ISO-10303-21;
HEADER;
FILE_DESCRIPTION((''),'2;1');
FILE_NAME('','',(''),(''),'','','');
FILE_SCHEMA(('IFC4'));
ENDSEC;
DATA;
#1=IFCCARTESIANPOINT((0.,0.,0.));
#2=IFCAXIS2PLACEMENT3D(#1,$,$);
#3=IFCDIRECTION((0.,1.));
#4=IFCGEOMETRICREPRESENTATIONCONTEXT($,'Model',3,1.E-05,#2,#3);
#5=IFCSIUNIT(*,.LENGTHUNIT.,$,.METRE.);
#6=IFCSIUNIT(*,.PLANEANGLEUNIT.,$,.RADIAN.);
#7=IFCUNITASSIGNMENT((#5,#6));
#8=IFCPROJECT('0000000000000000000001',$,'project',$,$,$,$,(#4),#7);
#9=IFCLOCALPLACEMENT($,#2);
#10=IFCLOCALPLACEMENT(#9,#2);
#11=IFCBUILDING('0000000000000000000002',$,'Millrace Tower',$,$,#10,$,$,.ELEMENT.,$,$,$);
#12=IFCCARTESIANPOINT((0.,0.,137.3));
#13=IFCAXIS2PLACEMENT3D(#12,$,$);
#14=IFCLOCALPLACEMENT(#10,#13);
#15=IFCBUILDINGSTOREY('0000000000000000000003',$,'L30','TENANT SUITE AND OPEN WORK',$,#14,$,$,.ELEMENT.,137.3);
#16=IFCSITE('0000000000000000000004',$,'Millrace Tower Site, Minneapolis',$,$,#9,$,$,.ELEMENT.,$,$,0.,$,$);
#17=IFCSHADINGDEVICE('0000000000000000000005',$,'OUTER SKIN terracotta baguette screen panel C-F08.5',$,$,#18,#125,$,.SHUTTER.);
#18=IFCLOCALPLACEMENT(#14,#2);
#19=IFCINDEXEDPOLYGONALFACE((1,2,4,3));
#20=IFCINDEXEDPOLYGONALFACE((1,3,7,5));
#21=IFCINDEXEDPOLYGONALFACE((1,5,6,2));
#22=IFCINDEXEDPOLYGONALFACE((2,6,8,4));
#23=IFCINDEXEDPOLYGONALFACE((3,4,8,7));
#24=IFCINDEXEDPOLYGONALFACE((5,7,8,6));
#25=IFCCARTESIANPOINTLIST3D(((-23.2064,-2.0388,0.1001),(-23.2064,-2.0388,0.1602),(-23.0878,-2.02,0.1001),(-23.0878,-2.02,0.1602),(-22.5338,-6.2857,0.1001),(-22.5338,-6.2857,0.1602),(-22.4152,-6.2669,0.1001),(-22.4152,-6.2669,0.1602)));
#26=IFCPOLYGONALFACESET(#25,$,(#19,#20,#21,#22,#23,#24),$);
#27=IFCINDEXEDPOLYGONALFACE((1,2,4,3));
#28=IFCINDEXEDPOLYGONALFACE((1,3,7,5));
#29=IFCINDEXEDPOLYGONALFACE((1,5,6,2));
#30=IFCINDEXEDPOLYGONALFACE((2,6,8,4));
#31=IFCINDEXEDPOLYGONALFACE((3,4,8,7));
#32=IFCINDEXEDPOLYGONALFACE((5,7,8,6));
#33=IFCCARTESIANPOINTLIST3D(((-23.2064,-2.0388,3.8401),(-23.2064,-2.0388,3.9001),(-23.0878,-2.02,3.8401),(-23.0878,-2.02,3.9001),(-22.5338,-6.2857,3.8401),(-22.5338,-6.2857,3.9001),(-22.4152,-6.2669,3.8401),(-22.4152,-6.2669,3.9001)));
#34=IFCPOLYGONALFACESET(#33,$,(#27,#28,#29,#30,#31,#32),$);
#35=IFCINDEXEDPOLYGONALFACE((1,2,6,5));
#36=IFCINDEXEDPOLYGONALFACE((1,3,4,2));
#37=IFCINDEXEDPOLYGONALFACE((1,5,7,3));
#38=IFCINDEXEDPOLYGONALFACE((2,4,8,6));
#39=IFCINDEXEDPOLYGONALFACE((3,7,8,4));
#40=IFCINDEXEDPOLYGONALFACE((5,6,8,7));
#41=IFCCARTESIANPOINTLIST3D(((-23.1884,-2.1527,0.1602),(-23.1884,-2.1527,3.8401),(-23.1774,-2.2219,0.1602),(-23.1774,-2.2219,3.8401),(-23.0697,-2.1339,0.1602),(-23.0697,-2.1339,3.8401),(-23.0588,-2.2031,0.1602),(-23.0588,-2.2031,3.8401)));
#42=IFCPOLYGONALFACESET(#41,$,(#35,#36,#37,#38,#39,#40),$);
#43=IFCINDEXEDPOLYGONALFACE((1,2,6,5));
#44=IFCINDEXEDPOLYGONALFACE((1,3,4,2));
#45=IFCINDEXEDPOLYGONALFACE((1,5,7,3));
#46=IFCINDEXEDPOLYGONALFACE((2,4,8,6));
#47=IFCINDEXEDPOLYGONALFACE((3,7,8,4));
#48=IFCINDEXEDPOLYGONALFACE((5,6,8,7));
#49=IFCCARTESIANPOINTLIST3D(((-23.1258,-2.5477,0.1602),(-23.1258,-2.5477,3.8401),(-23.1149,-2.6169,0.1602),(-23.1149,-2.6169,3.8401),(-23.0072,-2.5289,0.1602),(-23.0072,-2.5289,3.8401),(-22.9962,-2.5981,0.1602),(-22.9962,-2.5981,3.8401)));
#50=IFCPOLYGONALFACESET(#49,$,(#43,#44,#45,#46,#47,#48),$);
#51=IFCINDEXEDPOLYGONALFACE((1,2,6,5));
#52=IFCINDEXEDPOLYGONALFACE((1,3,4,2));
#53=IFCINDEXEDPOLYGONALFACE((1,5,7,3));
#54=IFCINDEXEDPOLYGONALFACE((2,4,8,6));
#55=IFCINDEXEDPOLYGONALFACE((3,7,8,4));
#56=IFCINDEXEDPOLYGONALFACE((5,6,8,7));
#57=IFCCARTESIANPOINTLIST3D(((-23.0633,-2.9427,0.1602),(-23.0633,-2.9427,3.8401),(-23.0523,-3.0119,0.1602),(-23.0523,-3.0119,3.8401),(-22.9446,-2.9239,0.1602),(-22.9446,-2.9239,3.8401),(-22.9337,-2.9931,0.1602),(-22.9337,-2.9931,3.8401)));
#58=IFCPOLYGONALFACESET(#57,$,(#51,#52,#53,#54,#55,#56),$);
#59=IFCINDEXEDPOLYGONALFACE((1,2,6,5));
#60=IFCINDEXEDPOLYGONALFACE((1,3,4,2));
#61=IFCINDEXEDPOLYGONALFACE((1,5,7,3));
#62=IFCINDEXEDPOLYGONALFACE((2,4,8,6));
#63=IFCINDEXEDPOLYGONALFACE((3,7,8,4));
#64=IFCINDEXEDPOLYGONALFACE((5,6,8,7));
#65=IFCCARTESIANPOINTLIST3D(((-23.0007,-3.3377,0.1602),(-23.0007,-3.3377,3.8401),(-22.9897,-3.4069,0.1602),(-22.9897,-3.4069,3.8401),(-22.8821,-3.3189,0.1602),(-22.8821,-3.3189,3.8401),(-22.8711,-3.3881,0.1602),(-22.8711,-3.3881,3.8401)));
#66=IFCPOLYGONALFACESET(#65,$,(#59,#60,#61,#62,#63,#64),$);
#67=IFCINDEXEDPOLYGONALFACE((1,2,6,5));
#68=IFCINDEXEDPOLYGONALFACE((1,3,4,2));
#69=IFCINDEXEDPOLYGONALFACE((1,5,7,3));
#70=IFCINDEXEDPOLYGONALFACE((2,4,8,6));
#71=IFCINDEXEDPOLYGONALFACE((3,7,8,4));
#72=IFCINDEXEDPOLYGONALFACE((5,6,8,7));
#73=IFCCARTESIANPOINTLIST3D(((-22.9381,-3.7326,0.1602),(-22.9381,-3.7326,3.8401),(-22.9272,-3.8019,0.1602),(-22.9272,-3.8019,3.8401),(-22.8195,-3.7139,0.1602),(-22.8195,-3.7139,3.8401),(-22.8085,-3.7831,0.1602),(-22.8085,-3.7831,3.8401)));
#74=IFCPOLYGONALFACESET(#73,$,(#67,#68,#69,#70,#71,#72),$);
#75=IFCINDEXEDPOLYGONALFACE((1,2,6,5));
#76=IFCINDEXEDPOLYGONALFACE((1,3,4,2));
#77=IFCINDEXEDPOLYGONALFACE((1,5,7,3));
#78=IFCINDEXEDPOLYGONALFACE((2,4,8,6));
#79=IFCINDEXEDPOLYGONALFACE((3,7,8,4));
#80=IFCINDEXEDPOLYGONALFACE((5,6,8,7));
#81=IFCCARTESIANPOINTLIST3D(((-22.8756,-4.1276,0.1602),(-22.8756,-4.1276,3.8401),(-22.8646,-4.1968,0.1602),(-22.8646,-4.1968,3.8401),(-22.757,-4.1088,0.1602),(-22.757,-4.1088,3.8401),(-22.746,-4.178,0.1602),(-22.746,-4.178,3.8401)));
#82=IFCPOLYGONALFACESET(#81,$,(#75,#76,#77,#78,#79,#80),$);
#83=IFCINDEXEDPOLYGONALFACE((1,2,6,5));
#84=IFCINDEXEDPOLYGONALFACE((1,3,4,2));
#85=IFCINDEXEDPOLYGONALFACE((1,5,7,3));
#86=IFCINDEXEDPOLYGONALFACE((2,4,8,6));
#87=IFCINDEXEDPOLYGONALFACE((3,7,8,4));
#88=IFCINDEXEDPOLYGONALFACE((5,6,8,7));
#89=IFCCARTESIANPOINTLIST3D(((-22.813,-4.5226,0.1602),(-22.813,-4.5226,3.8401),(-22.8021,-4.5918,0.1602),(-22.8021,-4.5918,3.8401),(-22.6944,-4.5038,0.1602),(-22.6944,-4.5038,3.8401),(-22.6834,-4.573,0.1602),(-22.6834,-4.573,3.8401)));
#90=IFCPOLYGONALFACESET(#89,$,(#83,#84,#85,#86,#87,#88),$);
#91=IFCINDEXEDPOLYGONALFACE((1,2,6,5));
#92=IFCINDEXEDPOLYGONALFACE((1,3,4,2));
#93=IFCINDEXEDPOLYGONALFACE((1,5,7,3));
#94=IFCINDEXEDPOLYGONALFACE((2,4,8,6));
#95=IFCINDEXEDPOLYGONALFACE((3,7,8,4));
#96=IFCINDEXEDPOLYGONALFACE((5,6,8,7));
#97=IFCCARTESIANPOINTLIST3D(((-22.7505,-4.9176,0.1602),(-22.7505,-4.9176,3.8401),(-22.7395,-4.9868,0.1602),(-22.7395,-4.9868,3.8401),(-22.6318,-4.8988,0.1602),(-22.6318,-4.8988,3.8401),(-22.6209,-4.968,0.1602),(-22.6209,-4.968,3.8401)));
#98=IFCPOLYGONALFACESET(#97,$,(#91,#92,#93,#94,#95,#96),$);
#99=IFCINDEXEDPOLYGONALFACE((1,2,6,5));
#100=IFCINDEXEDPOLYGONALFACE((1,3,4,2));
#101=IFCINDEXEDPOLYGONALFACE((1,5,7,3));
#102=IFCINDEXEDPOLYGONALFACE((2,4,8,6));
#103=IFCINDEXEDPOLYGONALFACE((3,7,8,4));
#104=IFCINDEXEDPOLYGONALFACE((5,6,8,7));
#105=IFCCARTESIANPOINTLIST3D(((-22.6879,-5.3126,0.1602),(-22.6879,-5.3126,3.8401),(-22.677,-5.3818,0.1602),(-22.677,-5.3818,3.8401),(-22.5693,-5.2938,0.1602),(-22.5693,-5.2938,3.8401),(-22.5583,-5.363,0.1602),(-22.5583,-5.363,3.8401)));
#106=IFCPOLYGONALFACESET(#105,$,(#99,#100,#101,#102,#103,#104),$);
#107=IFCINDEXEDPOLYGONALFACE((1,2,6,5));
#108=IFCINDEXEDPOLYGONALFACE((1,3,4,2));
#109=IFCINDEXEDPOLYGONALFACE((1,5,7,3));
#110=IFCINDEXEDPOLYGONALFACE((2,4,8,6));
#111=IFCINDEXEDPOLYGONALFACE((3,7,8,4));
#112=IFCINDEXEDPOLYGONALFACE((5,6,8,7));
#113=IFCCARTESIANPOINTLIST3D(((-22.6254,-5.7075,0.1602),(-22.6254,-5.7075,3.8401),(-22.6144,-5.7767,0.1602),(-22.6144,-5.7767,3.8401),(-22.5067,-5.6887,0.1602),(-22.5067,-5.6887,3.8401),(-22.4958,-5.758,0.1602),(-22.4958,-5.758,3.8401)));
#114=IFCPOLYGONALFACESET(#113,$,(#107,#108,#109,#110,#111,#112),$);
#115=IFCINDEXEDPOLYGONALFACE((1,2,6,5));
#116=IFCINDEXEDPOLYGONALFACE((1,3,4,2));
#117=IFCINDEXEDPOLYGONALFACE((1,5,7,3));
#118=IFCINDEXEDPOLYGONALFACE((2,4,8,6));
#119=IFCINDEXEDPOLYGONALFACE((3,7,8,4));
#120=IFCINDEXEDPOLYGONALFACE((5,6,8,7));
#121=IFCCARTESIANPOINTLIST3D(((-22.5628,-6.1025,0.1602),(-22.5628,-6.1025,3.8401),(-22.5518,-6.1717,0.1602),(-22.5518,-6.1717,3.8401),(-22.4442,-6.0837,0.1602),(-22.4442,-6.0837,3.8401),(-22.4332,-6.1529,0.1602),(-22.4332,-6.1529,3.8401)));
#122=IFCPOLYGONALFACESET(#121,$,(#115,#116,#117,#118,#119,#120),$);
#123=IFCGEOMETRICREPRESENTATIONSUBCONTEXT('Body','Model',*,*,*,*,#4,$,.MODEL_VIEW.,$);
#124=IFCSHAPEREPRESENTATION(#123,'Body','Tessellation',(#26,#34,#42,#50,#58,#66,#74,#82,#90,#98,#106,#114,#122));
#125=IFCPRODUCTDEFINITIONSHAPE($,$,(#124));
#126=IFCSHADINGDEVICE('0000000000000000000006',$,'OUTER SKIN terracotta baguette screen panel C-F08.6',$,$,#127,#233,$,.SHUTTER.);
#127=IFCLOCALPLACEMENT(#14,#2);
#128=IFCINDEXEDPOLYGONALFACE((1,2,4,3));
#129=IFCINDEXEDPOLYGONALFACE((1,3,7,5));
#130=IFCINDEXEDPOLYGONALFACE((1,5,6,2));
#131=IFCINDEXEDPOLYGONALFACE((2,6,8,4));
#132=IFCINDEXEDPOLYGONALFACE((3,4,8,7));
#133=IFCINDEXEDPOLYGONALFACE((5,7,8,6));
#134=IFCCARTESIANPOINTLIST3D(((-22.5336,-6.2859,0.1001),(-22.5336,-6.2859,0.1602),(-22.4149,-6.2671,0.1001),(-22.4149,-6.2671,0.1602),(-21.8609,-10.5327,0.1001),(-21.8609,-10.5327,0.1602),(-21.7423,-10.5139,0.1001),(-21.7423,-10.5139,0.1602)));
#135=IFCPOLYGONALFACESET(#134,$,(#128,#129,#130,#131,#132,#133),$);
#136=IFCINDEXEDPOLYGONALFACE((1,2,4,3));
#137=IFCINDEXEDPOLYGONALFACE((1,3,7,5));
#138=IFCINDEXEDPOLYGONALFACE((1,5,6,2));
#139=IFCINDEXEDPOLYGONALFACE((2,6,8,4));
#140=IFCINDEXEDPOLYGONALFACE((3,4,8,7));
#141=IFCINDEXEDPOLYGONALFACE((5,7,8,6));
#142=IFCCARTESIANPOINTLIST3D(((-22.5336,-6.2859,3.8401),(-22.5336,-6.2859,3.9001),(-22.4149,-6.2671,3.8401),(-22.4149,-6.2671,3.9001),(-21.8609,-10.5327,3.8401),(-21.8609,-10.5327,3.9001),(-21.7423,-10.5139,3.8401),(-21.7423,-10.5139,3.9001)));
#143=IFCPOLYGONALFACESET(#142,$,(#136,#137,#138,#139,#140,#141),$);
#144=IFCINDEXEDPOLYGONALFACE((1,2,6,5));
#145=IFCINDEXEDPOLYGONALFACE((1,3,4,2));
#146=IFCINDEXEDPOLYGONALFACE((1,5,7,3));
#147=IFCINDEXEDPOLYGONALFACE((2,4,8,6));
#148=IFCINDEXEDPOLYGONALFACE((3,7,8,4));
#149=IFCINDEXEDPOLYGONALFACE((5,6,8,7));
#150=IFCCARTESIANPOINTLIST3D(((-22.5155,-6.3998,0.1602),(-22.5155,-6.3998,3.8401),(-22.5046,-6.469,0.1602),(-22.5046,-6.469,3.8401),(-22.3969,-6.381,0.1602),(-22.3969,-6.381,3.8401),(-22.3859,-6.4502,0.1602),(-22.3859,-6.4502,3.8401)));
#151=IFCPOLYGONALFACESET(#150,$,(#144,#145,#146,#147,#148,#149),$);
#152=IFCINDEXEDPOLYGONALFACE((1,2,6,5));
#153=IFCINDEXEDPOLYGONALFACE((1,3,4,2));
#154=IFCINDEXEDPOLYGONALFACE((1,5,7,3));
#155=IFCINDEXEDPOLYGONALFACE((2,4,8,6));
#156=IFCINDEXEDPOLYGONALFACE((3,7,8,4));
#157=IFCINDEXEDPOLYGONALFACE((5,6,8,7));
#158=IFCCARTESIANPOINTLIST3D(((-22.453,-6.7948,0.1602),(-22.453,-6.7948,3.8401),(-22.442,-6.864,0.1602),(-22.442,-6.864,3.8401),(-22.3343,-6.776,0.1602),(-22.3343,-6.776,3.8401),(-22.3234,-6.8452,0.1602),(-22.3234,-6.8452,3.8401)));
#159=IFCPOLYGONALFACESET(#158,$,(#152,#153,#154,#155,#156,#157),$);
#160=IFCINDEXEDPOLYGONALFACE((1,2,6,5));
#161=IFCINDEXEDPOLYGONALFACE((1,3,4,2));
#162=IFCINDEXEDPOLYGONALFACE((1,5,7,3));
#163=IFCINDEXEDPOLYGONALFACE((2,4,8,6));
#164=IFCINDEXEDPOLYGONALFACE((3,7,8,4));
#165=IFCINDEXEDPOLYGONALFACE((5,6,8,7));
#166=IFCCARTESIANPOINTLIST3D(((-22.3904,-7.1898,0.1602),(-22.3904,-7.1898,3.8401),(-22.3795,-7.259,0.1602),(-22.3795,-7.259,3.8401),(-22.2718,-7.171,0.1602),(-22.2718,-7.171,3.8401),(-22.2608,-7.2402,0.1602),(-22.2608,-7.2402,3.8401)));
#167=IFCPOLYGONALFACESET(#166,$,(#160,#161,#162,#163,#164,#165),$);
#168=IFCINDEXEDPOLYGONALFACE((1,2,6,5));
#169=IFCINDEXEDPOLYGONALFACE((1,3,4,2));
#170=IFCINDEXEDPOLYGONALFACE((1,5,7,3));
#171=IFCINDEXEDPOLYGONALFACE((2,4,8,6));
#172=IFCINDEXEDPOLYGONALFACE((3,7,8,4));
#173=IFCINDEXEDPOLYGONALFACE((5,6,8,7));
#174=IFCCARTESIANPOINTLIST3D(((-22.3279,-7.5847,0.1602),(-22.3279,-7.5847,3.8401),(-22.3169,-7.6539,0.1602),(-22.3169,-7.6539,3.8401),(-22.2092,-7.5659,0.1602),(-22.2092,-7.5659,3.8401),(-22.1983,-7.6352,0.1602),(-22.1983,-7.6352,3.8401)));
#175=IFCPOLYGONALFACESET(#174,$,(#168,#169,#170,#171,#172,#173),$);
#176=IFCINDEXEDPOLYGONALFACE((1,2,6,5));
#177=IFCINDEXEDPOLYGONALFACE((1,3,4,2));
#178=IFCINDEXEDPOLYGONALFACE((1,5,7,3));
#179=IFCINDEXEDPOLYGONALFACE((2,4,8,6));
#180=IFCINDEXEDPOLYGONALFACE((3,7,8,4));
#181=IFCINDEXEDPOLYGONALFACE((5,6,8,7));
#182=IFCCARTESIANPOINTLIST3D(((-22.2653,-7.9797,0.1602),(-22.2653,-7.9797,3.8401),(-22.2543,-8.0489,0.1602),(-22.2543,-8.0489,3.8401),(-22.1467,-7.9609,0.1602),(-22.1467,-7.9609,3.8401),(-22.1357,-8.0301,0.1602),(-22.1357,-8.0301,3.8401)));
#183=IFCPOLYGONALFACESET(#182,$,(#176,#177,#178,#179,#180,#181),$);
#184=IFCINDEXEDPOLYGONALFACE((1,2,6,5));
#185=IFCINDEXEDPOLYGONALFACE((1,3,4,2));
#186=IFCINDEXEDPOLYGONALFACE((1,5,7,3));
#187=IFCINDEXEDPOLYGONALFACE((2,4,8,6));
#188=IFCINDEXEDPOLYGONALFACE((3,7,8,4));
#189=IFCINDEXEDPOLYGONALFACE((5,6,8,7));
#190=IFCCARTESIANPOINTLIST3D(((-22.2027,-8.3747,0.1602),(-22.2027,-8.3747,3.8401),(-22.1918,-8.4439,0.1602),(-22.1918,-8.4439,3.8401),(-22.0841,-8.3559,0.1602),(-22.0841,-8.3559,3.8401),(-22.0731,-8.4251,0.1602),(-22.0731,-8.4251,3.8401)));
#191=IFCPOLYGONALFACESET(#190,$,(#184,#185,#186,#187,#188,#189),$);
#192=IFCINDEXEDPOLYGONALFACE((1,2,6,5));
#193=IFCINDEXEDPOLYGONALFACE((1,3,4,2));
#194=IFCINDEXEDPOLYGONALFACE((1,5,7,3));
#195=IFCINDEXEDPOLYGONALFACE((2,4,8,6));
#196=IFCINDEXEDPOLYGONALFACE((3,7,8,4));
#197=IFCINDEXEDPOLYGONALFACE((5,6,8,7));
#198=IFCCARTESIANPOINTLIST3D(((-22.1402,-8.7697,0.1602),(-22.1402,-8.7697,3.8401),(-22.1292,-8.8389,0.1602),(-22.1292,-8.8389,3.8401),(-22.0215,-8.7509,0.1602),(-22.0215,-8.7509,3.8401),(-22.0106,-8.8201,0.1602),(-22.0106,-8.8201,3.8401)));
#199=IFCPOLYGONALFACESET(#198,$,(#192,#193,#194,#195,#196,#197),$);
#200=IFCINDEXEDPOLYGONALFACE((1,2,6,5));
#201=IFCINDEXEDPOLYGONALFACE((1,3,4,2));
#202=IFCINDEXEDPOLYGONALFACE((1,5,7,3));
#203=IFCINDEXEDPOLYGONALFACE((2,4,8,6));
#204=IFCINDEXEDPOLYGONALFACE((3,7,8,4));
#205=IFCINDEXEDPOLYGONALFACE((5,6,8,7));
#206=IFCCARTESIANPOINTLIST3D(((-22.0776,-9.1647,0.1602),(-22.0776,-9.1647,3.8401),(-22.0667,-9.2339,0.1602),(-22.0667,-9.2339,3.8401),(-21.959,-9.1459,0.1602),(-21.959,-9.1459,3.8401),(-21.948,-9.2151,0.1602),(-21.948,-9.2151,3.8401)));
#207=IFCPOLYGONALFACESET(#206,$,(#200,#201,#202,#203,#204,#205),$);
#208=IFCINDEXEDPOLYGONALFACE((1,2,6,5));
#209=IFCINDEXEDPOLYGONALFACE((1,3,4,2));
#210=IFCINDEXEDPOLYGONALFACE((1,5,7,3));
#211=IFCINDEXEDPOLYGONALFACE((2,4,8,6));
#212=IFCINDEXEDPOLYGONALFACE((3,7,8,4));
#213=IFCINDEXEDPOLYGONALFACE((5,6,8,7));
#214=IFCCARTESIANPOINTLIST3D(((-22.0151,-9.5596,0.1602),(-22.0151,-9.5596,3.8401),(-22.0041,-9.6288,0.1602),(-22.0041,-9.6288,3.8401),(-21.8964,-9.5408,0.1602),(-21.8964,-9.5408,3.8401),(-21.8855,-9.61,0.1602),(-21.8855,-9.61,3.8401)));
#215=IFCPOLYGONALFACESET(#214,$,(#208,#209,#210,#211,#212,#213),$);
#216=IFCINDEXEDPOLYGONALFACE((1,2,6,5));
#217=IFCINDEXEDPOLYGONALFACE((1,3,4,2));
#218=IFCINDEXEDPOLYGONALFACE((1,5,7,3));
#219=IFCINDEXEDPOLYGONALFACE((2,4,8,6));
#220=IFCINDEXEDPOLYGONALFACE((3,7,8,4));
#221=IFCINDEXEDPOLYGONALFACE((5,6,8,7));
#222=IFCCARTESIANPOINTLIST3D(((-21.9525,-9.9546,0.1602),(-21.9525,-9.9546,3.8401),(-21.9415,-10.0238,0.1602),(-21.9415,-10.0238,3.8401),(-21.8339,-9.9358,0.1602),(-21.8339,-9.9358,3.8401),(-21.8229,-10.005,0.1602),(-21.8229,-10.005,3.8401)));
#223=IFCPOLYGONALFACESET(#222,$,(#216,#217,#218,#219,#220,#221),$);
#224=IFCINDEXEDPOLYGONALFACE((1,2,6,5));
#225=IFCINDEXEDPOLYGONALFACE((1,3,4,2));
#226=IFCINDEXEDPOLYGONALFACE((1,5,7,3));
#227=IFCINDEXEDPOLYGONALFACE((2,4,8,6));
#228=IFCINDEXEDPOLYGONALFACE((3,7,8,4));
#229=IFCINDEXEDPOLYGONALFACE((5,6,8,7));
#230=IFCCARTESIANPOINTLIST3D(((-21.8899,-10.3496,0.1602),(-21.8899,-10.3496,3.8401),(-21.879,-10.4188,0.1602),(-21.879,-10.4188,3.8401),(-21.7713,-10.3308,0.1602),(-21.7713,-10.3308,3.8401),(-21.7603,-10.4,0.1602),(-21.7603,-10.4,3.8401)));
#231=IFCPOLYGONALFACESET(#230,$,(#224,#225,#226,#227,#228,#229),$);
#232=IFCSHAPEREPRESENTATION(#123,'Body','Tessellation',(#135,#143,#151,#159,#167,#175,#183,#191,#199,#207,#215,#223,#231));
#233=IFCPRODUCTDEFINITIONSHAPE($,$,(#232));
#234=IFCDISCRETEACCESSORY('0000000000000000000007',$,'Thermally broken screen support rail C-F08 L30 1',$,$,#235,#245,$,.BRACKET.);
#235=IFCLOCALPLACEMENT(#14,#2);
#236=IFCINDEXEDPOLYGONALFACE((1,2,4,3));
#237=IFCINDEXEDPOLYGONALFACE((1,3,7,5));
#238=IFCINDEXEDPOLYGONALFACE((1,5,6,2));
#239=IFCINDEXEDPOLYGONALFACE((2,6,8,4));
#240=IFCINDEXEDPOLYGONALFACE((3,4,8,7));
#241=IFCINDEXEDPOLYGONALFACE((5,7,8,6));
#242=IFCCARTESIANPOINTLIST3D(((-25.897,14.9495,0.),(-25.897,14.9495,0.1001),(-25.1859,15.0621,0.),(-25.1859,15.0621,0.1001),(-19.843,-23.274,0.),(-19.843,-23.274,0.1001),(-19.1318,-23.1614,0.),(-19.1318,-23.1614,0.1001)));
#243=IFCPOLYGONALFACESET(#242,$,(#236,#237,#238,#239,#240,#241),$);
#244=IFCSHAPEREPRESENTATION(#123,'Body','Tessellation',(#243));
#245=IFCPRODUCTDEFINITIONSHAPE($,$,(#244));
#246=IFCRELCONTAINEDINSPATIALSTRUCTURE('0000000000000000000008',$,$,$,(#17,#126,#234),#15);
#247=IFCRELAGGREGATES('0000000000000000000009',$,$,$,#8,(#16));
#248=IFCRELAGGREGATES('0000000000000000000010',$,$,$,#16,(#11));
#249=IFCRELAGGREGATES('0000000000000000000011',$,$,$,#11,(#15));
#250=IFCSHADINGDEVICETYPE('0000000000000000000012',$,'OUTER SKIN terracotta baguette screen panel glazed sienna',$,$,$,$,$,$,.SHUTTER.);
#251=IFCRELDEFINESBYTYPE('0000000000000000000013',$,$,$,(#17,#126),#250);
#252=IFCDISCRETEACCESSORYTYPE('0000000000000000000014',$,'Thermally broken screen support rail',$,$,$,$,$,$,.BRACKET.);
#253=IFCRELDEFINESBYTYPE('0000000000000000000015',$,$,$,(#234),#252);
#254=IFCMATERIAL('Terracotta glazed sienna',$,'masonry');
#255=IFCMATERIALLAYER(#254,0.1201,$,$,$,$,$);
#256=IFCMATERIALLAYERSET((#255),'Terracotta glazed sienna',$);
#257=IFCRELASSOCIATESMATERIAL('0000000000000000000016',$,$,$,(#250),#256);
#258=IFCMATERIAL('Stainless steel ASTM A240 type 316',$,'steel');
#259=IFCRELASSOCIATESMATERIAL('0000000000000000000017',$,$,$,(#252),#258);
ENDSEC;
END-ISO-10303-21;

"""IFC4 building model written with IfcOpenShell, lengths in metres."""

from ifc_helpers import new_model, entity, si_unit, direction, frame, frame_2d, origin, origin_2d, place, context, subcontext, project, spatial, rectangle, extrude, source, transform, mapped, material, layer, layer_set, type_object, element, save


model = new_model("IFC4")

# Units and contexts
model_context = context("Model", 3, precision=1e-05, world=origin(), true_north=direction((0.0, 1.0)))
body_context = subcontext(model_context, "Body", "Model", "MODEL_VIEW")
ifc_project = project(units=[si_unit("LENGTHUNIT", "METRE"), si_unit("PLANEANGLEUNIT", "RADIAN")], contexts=[model_context])

# Site, building, storey
site_placement = place(None, origin())
site = spatial("IfcSite", under=ifc_project, at=site_placement, Name="Millrace Tower Site, Minneapolis", CompositionType="ELEMENT", RefElevation=0.0)
building_placement = place(site_placement, origin())
building = spatial("IfcBuilding", under=site, at=building_placement, Name="Millrace Tower", CompositionType="ELEMENT")
storey_placement = place(building_placement, frame((0.0, 0.0, 137.3)))
storey = spatial("IfcBuildingStorey", under=building, at=storey_placement, Name="L30", Description="TENANT SUITE AND OPEN WORK", CompositionType="ELEMENT", Elevation=137.3)

# Shading devices
ifc_material_1 = material(Name="Terracotta glazed sienna", Category="masonry")
ifc_layer_1 = layer(ifc_material_1, 0.1201)
ifc_layer_set_1 = layer_set([ifc_layer_1], Name="Terracotta glazed sienna")
shading_device_type = type_object("IfcShadingDeviceType", Name="OUTER SKIN terracotta baguette screen panel glazed sienna", PredefinedType="SHUTTER", material=ifc_layer_set_1)
cartesian_point = entity("IfcCartesianPoint", [-2.1499, 0.0601])
shared_polyline = entity("IfcPolyline", [cartesian_point, entity("IfcCartesianPoint", [2.1499, 0.0601]), entity("IfcCartesianPoint", [2.1499, -0.0601]), entity("IfcCartesianPoint", [-2.1499, -0.0601]), cartesian_point])
shared_shape = source(origin(), body_context, "Body", "SweptSolid", [
    entity("IfcExtrudedAreaSolid", entity("IfcArbitraryClosedProfileDef", "AREA", None, shared_polyline), entity("IfcAxis2Placement3D", entity("IfcCartesianPoint", [0.0, 0.0, 0.0])), entity("IfcDirection", [0.0, 0.0, 1.0]), 0.0601),
    entity("IfcExtrudedAreaSolid", entity("IfcArbitraryClosedProfileDef", "AREA", None, shared_polyline), entity("IfcAxis2Placement3D", entity("IfcCartesianPoint", [0.0, 0.0, 3.74])), entity("IfcDirection", [0.0, 0.0, 1.0]), 0.0601),
    extrude(rectangle(XDim=0.0701, YDim=0.1201, at=frame_2d((-1.9995, 0.0))), frame((0.0, 0.0, 0.0601)), (0.0, 0.0, 1.0), 3.6799),
    extrude(rectangle(XDim=0.0701, YDim=0.1201, at=frame_2d((-1.5996, 0.0))), frame((0.0, 0.0, 0.0601)), (0.0, 0.0, 1.0), 3.6799),
    extrude(rectangle(XDim=0.0701, YDim=0.1201, at=frame_2d((-1.1997, 0.0))), frame((0.0, 0.0, 0.0601)), (0.0, 0.0, 1.0), 3.6799),
    extrude(rectangle(XDim=0.0701, YDim=0.1201, at=frame_2d((-0.7998, 0.0))), frame((0.0, 0.0, 0.0601)), (0.0, 0.0, 1.0), 3.6799),
    extrude(rectangle(XDim=0.0701, YDim=0.1201, at=frame_2d((-0.3999, 0.0))), frame((0.0, 0.0, 0.0601)), (0.0, 0.0, 1.0), 3.6799),
    extrude(rectangle(XDim=0.0701, YDim=0.1201, at=origin_2d()), frame((0.0, 0.0, 0.0601)), (0.0, 0.0, 1.0), 3.6799),
    extrude(rectangle(XDim=0.0701, YDim=0.1201, at=frame_2d((0.3999, 0.0))), frame((0.0, 0.0, 0.0601)), (0.0, 0.0, 1.0), 3.6799),
    extrude(rectangle(XDim=0.0701, YDim=0.1201, at=frame_2d((0.7998, 0.0))), frame((0.0, 0.0, 0.0601)), (0.0, 0.0, 1.0), 3.6799),
    extrude(rectangle(XDim=0.0701, YDim=0.1201, at=frame_2d((1.1997, 0.0))), frame((0.0, 0.0, 0.0601)), (0.0, 0.0, 1.0), 3.6799),
    extrude(rectangle(XDim=0.0701, YDim=0.1201, at=frame_2d((1.5996, 0.0))), frame((0.0, 0.0, 0.0601)), (0.0, 0.0, 1.0), 3.6799),
    extrude(rectangle(XDim=0.0701, YDim=0.1201, at=frame_2d((1.9995, 0.0))), frame((0.0, 0.0, 0.0601)), (0.0, 0.0, 1.0), 3.6799),
])
for number, where, z_axis, x_axis, name in (
    (1, (-22.8108, -4.1528, 0.1001), (0.0, 0.0, 1.0), (0.156434, -0.987688, 0.0), "OUTER SKIN terracotta baguette screen panel C-F08.5"),
    (2, (-22.1379, -8.3999, 0.1001), (0.0, 0.0, 1.0), (0.156434, -0.987688, 0.0), "OUTER SKIN terracotta baguette screen panel C-F08.6"),
):
    element("IfcShadingDevice", number, at=place(storey_placement, frame(where, z_axis=z_axis, x_axis=x_axis)), inside=storey, type_object=shading_device_type, Name=name, PredefinedType="SHUTTER", context=body_context, shape_type="MappedRepresentation", body=[
        mapped(shared_shape, transform((0.0, 0.0, 0.0), scale=1.0)),
    ])

# Discrete accessory
ifc_material_2 = material(Name="Stainless steel ASTM A240 type 316", Category="steel")
discrete_accessory_type = type_object("IfcDiscreteAccessoryType", Name="Thermally broken screen support rail", PredefinedType="BRACKET", material=ifc_material_2)
discrete_accessory_placement = place(storey_placement, frame((-22.5144, -4.106, 0.0), z_axis=(0.0, 0.0, 1.0), x_axis=(0.156434, -0.987688, 0.0)))
element("IfcDiscreteAccessory", 3, at=discrete_accessory_placement, inside=storey, type_object=discrete_accessory_type, Name="Thermally broken screen support rail C-F08 L30 1", PredefinedType="BRACKET", context=body_context, shape_type="SweptSolid", body=[
    extrude(rectangle(XDim=38.7, YDim=0.72, at=origin_2d()), origin(), (0.0, 0.0, 1.0), 0.1001),
])

save(model, "model.ifc")
